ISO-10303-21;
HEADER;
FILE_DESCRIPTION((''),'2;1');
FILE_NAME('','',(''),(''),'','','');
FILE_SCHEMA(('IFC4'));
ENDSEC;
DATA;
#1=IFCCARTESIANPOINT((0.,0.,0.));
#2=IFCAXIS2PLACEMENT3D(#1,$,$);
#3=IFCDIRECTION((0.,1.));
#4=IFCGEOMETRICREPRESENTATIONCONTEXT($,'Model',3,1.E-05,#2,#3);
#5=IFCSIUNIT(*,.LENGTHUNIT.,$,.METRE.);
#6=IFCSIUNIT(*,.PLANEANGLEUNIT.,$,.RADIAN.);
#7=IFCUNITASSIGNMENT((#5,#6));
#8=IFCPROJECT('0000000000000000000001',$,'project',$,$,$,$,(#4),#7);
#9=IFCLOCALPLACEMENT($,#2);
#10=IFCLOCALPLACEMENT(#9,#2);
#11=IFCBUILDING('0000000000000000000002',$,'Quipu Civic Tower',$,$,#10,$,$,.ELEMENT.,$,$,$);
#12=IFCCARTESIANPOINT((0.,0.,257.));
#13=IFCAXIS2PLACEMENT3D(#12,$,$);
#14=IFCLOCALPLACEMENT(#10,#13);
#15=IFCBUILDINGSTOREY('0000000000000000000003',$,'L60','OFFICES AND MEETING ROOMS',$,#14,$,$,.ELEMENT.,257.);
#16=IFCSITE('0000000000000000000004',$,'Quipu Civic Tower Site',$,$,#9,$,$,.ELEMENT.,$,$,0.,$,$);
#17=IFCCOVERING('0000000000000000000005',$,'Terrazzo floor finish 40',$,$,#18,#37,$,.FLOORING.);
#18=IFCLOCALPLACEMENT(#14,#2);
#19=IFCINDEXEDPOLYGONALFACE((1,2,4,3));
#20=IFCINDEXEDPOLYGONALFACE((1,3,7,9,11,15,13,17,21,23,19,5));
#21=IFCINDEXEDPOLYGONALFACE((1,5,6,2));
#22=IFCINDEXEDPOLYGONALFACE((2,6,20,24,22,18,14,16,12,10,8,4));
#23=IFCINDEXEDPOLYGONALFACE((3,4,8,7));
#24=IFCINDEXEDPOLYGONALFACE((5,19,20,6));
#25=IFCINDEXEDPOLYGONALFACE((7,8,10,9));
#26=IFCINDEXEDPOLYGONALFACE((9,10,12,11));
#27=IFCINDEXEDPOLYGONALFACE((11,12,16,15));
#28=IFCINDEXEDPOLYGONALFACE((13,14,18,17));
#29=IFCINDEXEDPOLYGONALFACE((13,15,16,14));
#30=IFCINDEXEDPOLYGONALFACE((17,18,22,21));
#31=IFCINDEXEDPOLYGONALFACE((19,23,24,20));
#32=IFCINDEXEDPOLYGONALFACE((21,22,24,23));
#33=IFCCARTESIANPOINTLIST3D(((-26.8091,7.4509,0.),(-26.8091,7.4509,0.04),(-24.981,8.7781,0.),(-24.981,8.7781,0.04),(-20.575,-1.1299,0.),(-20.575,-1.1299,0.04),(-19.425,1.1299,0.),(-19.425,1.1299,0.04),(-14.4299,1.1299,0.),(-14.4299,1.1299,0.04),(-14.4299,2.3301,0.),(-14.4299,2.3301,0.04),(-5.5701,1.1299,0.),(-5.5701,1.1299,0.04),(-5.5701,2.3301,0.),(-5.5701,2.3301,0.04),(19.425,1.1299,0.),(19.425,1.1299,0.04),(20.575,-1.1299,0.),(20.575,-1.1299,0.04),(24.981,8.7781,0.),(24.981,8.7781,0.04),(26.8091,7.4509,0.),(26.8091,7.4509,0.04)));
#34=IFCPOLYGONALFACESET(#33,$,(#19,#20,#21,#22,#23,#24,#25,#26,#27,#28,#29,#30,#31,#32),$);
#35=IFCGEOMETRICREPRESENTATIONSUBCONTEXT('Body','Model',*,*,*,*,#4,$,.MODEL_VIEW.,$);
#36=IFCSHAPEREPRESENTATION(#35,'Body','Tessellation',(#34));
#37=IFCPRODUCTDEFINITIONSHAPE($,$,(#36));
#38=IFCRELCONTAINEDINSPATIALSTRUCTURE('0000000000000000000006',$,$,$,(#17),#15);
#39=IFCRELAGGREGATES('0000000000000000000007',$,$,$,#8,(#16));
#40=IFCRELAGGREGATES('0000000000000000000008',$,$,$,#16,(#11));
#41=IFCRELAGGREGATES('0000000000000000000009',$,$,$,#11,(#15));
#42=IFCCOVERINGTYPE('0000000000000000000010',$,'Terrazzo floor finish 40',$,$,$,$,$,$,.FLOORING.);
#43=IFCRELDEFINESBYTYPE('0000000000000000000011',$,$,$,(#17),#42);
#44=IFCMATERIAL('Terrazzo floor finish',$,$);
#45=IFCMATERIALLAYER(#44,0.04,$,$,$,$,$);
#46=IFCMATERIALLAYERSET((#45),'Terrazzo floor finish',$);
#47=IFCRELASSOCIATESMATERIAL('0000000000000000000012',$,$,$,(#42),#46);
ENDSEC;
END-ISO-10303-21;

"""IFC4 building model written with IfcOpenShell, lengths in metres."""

from ifc_helpers import new_model, si_unit, direction, frame, origin, place, context, subcontext, project, spatial, polyline, outline, extrude, material, layer, layer_set, type_object, element, save


model = new_model("IFC4")

# Units and contexts
model_context = context("Model", 3, precision=1e-05, world=origin(), true_north=direction((0.0, 1.0)))
body_context = subcontext(model_context, "Body", "Model", "MODEL_VIEW")
ifc_project = project(units=[si_unit("LENGTHUNIT", "METRE"), si_unit("PLANEANGLEUNIT", "RADIAN")], contexts=[model_context])

# Site, building, storey
site_placement = place(None, origin())
site = spatial("IfcSite", under=ifc_project, at=site_placement, Name="Quipu Civic Tower Site", CompositionType="ELEMENT", RefElevation=0.0)
building_placement = place(site_placement, origin())
building = spatial("IfcBuilding", under=site, at=building_placement, Name="Quipu Civic Tower", CompositionType="ELEMENT")
storey_placement = place(building_placement, frame((0.0, 0.0, 257.0)))
storey = spatial("IfcBuildingStorey", under=building, at=storey_placement, Name="L60", Description="OFFICES AND MEETING ROOMS", CompositionType="ELEMENT", Elevation=257.0)

# Covering
ifc_material_1 = material(Name="Terrazzo floor finish")
ifc_layer_1 = layer(ifc_material_1, 0.04)
ifc_layer_set_1 = layer_set([ifc_layer_1], Name="Terrazzo floor finish")
covering_type_1 = type_object("IfcCoveringType", Name="Terrazzo floor finish 40", PredefinedType="FLOORING", material=ifc_layer_set_1)
covering_1_placement = place(storey_placement, origin())
element("IfcCovering", 1, at=covering_1_placement, inside=storey, type_object=covering_type_1, Name="Terrazzo floor finish 40", PredefinedType="FLOORING", context=body_context, shape_type="SweptSolid", body=[
    extrude(outline(polyline([(19.425, 1.1299), (24.981, 8.7781), (26.8091, 7.4509), (20.575, -1.1299), (-20.575, -1.1299), (-26.8091, 7.4509), (-24.981, 8.7781), (-19.425, 1.1299), (-14.4299, 1.1299), (-14.4299, 2.3301), (-5.5701, 2.3301), (-5.5701, 1.1299), (19.425, 1.1299)])), origin(), (0.0, 0.0, 1.0), 0.04),
])

save(model, "model.ifc")
